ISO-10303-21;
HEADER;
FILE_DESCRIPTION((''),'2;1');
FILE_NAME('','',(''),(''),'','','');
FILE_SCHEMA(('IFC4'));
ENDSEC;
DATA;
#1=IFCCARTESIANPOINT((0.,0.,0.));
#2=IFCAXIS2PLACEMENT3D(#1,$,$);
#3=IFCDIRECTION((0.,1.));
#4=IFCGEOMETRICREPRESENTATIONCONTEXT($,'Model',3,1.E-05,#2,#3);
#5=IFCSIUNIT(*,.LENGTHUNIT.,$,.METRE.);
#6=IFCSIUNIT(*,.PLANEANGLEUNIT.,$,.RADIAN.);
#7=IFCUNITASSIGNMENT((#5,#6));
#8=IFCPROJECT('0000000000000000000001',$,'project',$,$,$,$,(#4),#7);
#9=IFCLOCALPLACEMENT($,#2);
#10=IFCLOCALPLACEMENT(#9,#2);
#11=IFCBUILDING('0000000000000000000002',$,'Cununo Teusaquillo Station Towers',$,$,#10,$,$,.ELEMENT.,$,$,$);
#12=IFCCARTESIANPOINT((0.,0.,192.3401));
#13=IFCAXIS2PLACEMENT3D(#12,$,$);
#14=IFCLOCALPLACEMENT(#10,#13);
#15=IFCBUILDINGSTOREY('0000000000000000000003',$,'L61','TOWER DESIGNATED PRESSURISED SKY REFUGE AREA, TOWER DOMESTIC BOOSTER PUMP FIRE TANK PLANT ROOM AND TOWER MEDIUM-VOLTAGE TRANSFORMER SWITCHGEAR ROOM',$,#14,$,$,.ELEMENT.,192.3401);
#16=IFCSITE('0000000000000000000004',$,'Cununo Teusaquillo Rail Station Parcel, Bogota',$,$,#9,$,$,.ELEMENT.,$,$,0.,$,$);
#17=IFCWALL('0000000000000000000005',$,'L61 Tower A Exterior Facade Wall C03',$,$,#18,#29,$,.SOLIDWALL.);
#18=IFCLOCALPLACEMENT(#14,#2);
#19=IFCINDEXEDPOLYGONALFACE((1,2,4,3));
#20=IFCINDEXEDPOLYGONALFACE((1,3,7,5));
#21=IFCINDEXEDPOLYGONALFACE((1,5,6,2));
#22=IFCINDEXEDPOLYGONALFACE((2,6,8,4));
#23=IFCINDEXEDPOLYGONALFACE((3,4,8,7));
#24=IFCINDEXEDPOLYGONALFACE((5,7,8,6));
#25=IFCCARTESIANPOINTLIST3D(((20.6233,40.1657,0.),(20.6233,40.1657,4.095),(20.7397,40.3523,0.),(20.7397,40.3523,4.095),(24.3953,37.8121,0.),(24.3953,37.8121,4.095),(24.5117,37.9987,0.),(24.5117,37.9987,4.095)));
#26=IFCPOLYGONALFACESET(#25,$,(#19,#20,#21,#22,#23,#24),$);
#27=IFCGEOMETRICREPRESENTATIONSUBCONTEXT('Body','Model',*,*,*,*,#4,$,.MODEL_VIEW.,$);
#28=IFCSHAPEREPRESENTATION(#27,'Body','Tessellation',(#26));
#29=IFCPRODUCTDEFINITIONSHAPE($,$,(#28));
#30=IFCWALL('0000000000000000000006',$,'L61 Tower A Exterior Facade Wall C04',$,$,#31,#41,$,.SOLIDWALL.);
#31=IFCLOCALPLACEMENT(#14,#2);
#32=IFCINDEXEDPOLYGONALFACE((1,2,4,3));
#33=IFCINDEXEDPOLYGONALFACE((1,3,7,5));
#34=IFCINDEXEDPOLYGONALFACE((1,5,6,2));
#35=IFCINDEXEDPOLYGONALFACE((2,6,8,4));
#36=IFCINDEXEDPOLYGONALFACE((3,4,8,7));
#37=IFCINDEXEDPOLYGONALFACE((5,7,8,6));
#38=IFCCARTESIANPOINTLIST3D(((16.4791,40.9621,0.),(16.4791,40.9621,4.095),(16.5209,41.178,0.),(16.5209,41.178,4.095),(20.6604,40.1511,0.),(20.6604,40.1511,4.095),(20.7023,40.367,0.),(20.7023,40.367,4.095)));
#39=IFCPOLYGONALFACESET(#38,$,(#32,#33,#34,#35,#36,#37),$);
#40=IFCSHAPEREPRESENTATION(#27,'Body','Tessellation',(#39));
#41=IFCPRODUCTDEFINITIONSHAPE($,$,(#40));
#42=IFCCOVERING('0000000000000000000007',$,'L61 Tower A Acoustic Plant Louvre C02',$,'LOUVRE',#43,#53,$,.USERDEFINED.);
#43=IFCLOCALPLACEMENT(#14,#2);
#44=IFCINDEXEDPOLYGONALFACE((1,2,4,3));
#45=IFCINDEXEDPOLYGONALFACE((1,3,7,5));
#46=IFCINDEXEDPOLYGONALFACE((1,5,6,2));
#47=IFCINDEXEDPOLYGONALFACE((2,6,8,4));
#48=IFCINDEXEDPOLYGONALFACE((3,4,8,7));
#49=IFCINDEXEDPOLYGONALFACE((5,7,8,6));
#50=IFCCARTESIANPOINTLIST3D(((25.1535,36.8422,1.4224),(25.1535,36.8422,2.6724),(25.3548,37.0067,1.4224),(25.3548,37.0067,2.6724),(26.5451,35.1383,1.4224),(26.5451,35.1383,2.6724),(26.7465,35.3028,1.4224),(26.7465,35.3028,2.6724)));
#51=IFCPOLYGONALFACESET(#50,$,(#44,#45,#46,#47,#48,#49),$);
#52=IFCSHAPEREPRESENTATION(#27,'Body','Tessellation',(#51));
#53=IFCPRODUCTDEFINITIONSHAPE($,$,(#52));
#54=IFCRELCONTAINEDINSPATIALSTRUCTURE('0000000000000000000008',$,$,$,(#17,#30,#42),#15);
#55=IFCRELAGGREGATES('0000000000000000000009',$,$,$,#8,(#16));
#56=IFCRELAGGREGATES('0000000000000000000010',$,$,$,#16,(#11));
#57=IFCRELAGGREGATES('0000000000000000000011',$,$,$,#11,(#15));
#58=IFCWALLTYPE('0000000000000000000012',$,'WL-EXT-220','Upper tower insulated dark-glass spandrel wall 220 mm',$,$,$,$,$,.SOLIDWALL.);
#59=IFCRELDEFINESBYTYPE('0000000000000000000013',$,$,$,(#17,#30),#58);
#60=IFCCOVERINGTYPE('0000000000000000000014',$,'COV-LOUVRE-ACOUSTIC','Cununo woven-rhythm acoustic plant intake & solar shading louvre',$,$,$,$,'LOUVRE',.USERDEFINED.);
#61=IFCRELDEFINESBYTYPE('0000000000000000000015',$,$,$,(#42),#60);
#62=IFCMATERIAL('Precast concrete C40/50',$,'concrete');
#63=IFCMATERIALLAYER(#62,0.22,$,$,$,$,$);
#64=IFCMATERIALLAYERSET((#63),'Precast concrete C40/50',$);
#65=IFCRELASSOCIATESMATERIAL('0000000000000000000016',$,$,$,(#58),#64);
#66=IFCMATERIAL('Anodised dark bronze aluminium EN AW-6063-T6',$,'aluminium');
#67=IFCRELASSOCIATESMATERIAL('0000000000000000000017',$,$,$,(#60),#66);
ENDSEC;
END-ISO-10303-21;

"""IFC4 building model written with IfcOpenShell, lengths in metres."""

from ifc_helpers import new_model, si_unit, direction, frame, frame_2d, origin, origin_2d, place, context, subcontext, project, spatial, rectangle, extrude, source, transform, mapped, material, layer, layer_set, type_object, element, save


model = new_model("IFC4")

# Units and contexts
model_context = context("Model", 3, precision=1e-05, world=origin(), true_north=direction((0.0, 1.0)))
body_context = subcontext(model_context, "Body", "Model", "MODEL_VIEW")
ifc_project = project(units=[si_unit("LENGTHUNIT", "METRE"), si_unit("PLANEANGLEUNIT", "RADIAN")], contexts=[model_context])

# Site, building, storey
site_placement = place(None, origin())
site = spatial("IfcSite", under=ifc_project, at=site_placement, Name="Cununo Teusaquillo Rail Station Parcel, Bogota", CompositionType="ELEMENT", RefElevation=0.0)
building_placement = place(site_placement, origin())
building = spatial("IfcBuilding", under=site, at=building_placement, Name="Cununo Teusaquillo Station Towers", CompositionType="ELEMENT")
storey_placement = place(building_placement, frame((0.0, 0.0, 192.3401)))
storey = spatial("IfcBuildingStorey", under=building, at=storey_placement, Name="L61", Description="TOWER DESIGNATED PRESSURISED SKY REFUGE AREA, TOWER DOMESTIC BOOSTER PUMP FIRE TANK PLANT ROOM AND TOWER MEDIUM-VOLTAGE TRANSFORMER SWITCHGEAR ROOM", CompositionType="ELEMENT", Elevation=192.3401)

# Walls
ifc_material_1 = material(Name="Precast concrete C40/50", Category="concrete")
ifc_layer_1 = layer(ifc_material_1, 0.22)
ifc_layer_set_1 = layer_set([ifc_layer_1], Name="Precast concrete C40/50")
wall_type = type_object("IfcWallType", Name="WL-EXT-220", Description="Upper tower insulated dark-glass spandrel wall 220 mm", PredefinedType="SOLIDWALL", material=ifc_layer_set_1)
wall_1_placement = place(storey_placement, frame((20.6814, 40.259, 0.0), z_axis=(0.0, 0.0, 1.0), x_axis=(0.848399, -0.529357, 0.0)))
element("IfcWall", 1, at=wall_1_placement, inside=storey, type_object=wall_type, Name="L61 Tower A Exterior Facade Wall C03", PredefinedType="SOLIDWALL", context=body_context, shape_type="SweptSolid", body=[
    extrude(rectangle(XDim=4.446, YDim=0.22, at=frame_2d((2.2231, 0.0))), origin(), (0.0, 0.0, 1.0), 4.095),
])
wall_2_placement = place(storey_placement, frame((16.5, 41.0701, 0.0), z_axis=(0.0, 0.0, 1.0), x_axis=(0.981704, -0.190414, 0.0)))
element("IfcWall", 2, at=wall_2_placement, inside=storey, type_object=wall_type, Name="L61 Tower A Exterior Facade Wall C04", PredefinedType="SOLIDWALL", context=body_context, shape_type="SweptSolid", body=[
    extrude(rectangle(XDim=4.2593, YDim=0.22, at=frame_2d((2.1296, 0.0))), origin(), (0.0, 0.0, 1.0), 4.095),
])

# Covering
ifc_material_2 = material(Name="Anodised dark bronze aluminium EN AW-6063-T6", Category="aluminium")
covering_type = type_object("IfcCoveringType", Name="COV-LOUVRE-ACOUSTIC", Description="Cununo woven-rhythm acoustic plant intake & solar shading louvre", ElementType="LOUVRE", PredefinedType="USERDEFINED", material=ifc_material_2)
shared_shape_1 = source(origin(), body_context, "Body", "SweptSolid", [
    extrude(rectangle(XDim=2.2, YDim=0.26, at=origin_2d()), origin(), (0.0, 0.0, 1.0), 1.25),
])
covering_placement = place(storey_placement, frame((25.95, 36.0725, 1.4224), z_axis=(0.0, 0.0, 1.0), x_axis=(0.63257, -0.774503, 0.0)))
element("IfcCovering", 3, at=covering_placement, inside=storey, type_object=covering_type, Name="L61 Tower A Acoustic Plant Louvre C02", ObjectType="LOUVRE", PredefinedType="USERDEFINED", context=body_context, shape_type="MappedRepresentation", body=[
    mapped(shared_shape_1, transform((0.0, 0.0, 0.0), x_axis=(1.0, 0.0, 0.0), y_axis=(0.0, 1.0, 0.0), z_axis=(0.0, 0.0, 1.0), scale=1.0)),
])

save(model, "model.ifc")
